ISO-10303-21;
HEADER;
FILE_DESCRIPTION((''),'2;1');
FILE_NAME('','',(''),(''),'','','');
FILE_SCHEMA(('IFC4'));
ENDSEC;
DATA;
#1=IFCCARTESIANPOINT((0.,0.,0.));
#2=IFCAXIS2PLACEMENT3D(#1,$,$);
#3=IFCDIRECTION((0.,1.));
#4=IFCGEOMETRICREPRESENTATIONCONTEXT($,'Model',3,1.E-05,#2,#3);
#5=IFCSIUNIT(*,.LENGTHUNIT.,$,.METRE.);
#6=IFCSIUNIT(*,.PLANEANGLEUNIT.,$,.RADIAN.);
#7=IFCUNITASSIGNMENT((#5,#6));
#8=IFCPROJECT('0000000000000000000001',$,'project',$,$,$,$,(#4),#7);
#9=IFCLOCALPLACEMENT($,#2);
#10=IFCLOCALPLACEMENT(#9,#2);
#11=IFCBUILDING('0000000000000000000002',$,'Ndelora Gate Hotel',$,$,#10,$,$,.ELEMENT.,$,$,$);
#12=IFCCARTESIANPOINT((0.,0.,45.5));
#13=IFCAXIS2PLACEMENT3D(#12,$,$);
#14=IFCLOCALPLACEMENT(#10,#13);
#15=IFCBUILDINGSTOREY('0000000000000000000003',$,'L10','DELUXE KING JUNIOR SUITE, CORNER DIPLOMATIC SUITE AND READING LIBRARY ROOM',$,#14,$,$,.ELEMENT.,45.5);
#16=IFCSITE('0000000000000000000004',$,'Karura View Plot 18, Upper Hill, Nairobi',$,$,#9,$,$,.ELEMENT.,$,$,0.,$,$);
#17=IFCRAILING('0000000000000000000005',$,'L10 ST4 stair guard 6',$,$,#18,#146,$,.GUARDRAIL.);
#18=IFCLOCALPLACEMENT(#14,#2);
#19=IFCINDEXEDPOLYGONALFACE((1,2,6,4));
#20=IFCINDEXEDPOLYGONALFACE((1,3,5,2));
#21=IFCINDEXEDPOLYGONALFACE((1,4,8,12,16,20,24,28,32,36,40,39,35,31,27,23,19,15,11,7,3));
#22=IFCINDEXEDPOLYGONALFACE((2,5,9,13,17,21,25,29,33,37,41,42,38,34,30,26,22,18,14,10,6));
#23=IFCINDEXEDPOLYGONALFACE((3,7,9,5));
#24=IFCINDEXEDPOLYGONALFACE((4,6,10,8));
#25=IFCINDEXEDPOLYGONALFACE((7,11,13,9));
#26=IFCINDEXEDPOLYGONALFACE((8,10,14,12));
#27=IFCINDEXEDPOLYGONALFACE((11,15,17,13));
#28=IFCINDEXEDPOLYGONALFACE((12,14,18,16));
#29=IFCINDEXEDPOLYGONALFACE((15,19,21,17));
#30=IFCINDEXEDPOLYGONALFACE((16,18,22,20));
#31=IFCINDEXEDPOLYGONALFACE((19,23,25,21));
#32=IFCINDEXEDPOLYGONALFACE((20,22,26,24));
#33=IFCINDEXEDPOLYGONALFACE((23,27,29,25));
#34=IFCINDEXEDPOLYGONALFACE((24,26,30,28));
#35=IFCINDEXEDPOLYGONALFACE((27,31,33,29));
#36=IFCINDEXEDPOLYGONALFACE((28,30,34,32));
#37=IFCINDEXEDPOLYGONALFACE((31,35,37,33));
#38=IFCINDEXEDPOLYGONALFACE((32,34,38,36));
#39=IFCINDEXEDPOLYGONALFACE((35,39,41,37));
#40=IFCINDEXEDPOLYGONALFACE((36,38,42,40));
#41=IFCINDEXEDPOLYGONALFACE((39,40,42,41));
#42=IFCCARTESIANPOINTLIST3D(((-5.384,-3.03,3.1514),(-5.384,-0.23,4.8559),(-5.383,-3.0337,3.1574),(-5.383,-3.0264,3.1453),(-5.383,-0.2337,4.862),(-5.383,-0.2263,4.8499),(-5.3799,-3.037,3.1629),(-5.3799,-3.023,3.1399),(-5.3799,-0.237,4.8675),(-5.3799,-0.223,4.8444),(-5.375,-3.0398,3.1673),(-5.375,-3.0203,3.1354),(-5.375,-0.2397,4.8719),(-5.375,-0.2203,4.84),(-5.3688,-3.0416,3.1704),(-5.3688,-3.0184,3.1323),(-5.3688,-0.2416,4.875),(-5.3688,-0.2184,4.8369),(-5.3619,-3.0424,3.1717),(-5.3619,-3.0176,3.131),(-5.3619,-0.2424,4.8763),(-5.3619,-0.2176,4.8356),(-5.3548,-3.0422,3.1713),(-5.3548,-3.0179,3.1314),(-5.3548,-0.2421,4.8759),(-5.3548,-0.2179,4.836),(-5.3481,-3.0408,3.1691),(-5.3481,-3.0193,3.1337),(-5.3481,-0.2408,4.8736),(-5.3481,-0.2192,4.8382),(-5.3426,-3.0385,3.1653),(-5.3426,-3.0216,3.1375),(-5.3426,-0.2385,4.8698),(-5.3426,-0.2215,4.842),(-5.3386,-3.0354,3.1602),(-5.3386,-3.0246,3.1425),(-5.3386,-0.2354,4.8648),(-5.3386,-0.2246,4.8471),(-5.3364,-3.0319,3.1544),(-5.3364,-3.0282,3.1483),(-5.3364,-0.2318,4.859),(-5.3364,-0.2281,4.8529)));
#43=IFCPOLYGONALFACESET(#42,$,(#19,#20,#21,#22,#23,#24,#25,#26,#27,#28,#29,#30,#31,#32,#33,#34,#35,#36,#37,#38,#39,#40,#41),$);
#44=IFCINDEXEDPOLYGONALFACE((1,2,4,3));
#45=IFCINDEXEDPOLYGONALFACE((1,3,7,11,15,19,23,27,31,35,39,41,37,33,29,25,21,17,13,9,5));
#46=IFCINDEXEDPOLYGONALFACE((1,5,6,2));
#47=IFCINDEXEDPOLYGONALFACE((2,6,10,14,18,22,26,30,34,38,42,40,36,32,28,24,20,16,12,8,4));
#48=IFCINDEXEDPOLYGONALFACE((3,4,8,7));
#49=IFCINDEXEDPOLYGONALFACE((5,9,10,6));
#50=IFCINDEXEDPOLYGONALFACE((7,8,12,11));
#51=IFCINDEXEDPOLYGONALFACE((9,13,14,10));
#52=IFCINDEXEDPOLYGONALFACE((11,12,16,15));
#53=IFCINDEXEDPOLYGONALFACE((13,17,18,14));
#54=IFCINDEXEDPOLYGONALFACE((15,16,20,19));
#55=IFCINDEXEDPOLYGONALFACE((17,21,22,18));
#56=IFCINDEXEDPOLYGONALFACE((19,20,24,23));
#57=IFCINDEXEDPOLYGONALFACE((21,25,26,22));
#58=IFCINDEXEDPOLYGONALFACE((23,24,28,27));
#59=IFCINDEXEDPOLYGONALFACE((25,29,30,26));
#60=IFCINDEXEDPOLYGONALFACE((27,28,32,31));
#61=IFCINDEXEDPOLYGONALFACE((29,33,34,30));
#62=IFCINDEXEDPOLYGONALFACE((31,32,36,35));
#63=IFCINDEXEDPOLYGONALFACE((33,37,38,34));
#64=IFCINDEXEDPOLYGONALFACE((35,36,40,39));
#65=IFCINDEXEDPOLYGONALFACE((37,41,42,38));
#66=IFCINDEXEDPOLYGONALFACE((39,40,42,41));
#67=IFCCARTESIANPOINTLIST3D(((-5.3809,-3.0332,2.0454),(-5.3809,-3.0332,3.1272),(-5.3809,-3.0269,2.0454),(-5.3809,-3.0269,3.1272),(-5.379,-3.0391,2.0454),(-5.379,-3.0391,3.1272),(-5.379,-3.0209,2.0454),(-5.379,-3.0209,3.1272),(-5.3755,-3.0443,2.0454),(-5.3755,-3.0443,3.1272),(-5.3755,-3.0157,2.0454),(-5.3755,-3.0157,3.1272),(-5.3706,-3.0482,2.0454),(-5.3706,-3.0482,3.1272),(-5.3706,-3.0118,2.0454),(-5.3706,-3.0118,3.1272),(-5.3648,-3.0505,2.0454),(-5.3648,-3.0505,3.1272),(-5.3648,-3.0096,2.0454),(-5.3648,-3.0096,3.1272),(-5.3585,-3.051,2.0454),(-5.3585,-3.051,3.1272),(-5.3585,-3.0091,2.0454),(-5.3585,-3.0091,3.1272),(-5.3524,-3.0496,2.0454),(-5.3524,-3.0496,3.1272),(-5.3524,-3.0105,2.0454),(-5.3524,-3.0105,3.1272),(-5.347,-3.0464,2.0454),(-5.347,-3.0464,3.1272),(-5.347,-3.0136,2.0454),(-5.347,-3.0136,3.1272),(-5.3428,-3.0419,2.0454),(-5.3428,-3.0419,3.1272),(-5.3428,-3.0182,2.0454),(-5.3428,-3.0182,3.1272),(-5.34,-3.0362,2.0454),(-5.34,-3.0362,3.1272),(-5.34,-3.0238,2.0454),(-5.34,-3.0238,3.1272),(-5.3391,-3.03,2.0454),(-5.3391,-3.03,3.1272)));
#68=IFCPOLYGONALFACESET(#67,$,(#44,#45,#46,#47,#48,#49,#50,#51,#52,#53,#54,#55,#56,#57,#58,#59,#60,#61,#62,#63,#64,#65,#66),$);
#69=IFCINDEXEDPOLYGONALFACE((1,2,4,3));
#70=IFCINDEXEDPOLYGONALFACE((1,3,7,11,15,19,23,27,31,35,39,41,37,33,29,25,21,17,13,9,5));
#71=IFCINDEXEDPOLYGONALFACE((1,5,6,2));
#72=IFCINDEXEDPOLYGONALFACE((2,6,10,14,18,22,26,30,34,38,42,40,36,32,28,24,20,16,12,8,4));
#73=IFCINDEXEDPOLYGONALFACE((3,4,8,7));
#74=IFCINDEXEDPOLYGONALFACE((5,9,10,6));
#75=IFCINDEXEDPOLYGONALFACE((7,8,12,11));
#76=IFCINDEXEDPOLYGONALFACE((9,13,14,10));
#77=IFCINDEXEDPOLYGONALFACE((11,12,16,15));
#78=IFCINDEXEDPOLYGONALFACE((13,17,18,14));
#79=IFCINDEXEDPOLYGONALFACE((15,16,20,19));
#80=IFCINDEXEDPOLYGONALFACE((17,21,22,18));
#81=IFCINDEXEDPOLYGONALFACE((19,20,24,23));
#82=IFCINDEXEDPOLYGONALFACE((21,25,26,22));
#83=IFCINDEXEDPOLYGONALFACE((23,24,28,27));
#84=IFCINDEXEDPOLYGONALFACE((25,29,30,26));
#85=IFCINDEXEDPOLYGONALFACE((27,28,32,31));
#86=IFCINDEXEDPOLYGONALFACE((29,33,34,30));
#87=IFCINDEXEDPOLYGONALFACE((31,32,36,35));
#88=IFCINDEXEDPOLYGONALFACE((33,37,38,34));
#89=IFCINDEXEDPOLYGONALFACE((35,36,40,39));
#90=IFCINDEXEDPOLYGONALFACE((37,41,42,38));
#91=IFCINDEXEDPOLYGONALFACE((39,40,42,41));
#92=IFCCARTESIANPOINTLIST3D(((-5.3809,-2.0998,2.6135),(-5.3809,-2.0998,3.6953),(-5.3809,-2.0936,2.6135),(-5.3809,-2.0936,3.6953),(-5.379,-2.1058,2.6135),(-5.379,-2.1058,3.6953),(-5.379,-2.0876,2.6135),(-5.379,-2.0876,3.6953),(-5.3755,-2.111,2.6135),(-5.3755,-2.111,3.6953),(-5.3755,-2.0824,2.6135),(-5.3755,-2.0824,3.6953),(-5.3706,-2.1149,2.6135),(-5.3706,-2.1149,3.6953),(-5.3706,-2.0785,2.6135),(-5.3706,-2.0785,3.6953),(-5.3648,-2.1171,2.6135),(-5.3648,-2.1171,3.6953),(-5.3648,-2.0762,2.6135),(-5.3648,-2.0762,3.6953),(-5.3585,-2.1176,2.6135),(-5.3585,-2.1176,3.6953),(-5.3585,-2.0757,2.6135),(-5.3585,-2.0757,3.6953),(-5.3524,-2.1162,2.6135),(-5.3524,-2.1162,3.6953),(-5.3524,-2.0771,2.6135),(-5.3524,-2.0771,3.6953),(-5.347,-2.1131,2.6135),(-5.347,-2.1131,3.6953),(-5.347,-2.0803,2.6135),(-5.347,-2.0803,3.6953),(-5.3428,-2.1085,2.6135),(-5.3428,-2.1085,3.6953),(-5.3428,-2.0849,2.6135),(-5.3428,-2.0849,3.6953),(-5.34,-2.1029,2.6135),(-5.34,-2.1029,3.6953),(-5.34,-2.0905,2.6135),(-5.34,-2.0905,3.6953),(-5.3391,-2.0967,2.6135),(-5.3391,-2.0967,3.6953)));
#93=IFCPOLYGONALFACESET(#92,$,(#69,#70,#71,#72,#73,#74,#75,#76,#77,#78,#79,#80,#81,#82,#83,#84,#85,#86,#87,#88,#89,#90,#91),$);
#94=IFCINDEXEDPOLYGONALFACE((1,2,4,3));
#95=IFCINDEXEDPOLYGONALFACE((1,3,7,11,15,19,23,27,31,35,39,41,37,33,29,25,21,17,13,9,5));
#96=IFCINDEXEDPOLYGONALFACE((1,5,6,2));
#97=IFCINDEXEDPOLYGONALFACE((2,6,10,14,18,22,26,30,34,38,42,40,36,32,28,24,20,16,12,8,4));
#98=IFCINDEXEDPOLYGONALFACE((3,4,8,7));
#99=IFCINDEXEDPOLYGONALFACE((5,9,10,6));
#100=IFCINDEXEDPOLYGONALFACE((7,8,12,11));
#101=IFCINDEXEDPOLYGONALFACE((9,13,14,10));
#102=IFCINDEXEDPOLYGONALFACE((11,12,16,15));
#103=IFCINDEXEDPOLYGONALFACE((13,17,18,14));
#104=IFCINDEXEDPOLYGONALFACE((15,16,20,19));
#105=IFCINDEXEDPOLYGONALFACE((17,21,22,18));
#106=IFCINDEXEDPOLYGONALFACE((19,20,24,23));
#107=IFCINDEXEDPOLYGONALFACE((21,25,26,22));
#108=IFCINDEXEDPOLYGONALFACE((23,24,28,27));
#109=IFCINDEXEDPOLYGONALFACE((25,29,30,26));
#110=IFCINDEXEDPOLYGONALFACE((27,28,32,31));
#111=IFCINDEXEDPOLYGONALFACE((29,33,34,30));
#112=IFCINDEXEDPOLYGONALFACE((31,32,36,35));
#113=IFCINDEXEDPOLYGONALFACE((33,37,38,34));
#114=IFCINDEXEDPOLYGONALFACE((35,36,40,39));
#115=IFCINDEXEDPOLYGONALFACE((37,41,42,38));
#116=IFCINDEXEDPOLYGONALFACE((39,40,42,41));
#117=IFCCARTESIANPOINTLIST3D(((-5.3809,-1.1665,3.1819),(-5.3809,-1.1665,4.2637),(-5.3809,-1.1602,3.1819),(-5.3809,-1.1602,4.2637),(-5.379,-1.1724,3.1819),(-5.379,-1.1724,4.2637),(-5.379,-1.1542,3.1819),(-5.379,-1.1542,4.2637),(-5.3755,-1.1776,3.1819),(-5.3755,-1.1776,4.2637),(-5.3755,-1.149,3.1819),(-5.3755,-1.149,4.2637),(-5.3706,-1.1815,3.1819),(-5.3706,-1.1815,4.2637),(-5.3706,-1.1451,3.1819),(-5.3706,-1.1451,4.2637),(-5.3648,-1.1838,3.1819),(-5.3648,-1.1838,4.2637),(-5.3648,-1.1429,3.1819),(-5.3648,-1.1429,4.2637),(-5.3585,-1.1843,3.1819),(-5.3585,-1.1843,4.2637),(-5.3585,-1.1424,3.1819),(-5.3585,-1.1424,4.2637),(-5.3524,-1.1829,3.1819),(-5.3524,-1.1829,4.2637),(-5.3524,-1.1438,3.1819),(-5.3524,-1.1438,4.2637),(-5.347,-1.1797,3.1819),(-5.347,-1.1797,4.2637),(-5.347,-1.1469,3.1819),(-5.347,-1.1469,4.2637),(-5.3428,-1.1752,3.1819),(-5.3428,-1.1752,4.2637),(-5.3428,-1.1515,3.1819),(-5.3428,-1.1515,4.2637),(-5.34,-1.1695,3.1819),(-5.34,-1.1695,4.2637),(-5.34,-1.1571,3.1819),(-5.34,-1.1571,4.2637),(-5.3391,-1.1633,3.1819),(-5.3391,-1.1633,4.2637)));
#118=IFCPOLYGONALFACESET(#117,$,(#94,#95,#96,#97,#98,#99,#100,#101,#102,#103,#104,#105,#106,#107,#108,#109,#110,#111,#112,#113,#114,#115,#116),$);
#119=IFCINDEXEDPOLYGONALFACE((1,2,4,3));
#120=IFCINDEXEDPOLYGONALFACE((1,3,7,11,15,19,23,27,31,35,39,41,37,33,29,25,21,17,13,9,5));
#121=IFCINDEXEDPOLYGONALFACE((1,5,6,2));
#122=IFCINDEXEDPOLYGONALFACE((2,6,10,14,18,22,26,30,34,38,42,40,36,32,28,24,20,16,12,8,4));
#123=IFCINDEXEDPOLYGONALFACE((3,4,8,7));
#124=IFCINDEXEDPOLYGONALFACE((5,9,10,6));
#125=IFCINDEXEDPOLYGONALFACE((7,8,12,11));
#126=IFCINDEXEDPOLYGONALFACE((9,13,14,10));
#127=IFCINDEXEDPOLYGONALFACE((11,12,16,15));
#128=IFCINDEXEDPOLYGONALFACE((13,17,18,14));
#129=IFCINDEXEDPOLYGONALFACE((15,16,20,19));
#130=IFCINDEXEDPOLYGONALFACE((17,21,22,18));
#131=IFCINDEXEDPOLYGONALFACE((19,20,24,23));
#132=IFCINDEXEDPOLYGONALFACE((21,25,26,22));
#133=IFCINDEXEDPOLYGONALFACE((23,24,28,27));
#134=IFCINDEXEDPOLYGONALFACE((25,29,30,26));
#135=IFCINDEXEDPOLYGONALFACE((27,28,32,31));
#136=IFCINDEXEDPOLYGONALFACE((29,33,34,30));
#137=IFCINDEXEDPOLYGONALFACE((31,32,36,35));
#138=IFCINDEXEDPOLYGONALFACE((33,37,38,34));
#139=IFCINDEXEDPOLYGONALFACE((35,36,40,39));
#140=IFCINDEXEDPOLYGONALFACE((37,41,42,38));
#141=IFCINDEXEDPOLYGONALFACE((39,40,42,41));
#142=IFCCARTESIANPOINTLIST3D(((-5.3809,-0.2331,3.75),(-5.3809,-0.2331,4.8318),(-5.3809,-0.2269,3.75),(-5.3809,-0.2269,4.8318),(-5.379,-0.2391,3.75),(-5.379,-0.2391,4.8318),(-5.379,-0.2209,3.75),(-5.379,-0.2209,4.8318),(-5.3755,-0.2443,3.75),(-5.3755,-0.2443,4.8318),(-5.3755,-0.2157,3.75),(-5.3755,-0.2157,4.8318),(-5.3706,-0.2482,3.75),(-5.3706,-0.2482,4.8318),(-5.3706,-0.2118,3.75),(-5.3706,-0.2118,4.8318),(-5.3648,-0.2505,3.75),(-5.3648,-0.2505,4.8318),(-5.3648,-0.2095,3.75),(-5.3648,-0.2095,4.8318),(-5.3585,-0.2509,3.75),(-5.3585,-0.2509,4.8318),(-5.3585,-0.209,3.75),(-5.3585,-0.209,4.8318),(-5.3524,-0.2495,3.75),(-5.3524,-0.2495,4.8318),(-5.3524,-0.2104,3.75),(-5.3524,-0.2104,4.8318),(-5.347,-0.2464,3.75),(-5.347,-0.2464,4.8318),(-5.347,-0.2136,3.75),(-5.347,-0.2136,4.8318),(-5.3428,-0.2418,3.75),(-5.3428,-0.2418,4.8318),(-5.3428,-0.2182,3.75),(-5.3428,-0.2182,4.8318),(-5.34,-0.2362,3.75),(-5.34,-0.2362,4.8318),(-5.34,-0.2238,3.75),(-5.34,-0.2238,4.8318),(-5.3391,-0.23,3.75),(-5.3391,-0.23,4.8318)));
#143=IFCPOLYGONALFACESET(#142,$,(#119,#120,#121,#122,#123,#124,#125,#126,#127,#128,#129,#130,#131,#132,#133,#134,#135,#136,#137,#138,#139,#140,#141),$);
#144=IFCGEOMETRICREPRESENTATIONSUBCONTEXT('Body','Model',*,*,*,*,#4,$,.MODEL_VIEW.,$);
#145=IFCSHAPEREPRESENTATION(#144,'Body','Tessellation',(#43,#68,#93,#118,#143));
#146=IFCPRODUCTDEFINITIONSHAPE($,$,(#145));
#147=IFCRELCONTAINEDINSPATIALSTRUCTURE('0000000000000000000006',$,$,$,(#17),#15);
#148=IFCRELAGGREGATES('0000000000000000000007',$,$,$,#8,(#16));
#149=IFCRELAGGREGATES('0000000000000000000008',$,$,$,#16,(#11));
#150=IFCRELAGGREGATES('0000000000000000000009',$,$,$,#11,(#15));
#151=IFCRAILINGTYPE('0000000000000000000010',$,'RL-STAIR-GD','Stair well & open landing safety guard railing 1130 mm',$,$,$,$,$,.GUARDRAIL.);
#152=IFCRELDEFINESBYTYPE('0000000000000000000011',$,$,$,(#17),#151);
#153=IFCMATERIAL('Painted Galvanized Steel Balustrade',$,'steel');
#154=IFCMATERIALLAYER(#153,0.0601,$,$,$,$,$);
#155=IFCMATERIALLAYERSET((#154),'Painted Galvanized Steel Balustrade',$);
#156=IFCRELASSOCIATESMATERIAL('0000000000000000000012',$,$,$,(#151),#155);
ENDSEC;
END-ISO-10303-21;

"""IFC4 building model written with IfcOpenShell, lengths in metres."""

from ifc_helpers import new_model, si_unit, direction, frame, origin, origin_2d, place, context, subcontext, project, spatial, circle, extrude, material, layer, layer_set, type_object, element, save


model = new_model("IFC4")

# Units and contexts
model_context = context("Model", 3, precision=1e-05, world=origin(), true_north=direction((0.0, 1.0)))
body_context = subcontext(model_context, "Body", "Model", "MODEL_VIEW")
ifc_project = project(units=[si_unit("LENGTHUNIT", "METRE"), si_unit("PLANEANGLEUNIT", "RADIAN")], contexts=[model_context])

# Site, building, storey
site_placement = place(None, origin())
site = spatial("IfcSite", under=ifc_project, at=site_placement, Name="Karura View Plot 18, Upper Hill, Nairobi", CompositionType="ELEMENT", RefElevation=0.0)
building_placement = place(site_placement, origin())
building = spatial("IfcBuilding", under=site, at=building_placement, Name="Ndelora Gate Hotel", CompositionType="ELEMENT")
storey_placement = place(building_placement, frame((0.0, 0.0, 45.5)))
storey = spatial("IfcBuildingStorey", under=building, at=storey_placement, Name="L10", Description="DELUXE KING JUNIOR SUITE, CORNER DIPLOMATIC SUITE AND READING LIBRARY ROOM", CompositionType="ELEMENT", Elevation=45.5)

# Railing
ifc_material_1 = material(Name="Painted Galvanized Steel Balustrade", Category="steel")
ifc_layer_1 = layer(ifc_material_1, 0.0601)
ifc_layer_set_1 = layer_set([ifc_layer_1], Name="Painted Galvanized Steel Balustrade")
railing_type = type_object("IfcRailingType", Name="RL-STAIR-GD", Description="Stair well & open landing safety guard railing 1130 mm", PredefinedType="GUARDRAIL", material=ifc_layer_set_1)
railing_1_placement = place(storey_placement, frame((-5.3601, -3.03, 2.0454)))
element("IfcRailing", 1, at=railing_1_placement, inside=storey, type_object=railing_type, Name="L10 ST4 stair guard 6", PredefinedType="GUARDRAIL", context=body_context, shape_type="SweptSolid", body=[
    extrude(circle(Radius=0.0239, at=origin_2d()), frame((0.0, 0.0, 1.106), z_axis=(0.0, 0.85417, 0.519994), x_axis=(-1.0, 0.0, 0.0)), (0.0, 0.0, 1.0), 3.2781),
    extrude(circle(Radius=0.021, at=origin_2d()), origin(), (0.0, 0.0, 1.0), 1.0818),
    extrude(circle(Radius=0.021, at=origin_2d()), frame((0.0, 0.9333, 0.5681)), (0.0, 0.0, 1.0), 1.0818),
    extrude(circle(Radius=0.021, at=origin_2d()), frame((0.0, 1.8667, 1.1365)), (0.0, 0.0, 1.0), 1.0818),
    extrude(circle(Radius=0.021, at=origin_2d()), frame((0.0, 2.8, 1.7046)), (0.0, 0.0, 1.0), 1.0818),
])

save(model, "model.ifc")
